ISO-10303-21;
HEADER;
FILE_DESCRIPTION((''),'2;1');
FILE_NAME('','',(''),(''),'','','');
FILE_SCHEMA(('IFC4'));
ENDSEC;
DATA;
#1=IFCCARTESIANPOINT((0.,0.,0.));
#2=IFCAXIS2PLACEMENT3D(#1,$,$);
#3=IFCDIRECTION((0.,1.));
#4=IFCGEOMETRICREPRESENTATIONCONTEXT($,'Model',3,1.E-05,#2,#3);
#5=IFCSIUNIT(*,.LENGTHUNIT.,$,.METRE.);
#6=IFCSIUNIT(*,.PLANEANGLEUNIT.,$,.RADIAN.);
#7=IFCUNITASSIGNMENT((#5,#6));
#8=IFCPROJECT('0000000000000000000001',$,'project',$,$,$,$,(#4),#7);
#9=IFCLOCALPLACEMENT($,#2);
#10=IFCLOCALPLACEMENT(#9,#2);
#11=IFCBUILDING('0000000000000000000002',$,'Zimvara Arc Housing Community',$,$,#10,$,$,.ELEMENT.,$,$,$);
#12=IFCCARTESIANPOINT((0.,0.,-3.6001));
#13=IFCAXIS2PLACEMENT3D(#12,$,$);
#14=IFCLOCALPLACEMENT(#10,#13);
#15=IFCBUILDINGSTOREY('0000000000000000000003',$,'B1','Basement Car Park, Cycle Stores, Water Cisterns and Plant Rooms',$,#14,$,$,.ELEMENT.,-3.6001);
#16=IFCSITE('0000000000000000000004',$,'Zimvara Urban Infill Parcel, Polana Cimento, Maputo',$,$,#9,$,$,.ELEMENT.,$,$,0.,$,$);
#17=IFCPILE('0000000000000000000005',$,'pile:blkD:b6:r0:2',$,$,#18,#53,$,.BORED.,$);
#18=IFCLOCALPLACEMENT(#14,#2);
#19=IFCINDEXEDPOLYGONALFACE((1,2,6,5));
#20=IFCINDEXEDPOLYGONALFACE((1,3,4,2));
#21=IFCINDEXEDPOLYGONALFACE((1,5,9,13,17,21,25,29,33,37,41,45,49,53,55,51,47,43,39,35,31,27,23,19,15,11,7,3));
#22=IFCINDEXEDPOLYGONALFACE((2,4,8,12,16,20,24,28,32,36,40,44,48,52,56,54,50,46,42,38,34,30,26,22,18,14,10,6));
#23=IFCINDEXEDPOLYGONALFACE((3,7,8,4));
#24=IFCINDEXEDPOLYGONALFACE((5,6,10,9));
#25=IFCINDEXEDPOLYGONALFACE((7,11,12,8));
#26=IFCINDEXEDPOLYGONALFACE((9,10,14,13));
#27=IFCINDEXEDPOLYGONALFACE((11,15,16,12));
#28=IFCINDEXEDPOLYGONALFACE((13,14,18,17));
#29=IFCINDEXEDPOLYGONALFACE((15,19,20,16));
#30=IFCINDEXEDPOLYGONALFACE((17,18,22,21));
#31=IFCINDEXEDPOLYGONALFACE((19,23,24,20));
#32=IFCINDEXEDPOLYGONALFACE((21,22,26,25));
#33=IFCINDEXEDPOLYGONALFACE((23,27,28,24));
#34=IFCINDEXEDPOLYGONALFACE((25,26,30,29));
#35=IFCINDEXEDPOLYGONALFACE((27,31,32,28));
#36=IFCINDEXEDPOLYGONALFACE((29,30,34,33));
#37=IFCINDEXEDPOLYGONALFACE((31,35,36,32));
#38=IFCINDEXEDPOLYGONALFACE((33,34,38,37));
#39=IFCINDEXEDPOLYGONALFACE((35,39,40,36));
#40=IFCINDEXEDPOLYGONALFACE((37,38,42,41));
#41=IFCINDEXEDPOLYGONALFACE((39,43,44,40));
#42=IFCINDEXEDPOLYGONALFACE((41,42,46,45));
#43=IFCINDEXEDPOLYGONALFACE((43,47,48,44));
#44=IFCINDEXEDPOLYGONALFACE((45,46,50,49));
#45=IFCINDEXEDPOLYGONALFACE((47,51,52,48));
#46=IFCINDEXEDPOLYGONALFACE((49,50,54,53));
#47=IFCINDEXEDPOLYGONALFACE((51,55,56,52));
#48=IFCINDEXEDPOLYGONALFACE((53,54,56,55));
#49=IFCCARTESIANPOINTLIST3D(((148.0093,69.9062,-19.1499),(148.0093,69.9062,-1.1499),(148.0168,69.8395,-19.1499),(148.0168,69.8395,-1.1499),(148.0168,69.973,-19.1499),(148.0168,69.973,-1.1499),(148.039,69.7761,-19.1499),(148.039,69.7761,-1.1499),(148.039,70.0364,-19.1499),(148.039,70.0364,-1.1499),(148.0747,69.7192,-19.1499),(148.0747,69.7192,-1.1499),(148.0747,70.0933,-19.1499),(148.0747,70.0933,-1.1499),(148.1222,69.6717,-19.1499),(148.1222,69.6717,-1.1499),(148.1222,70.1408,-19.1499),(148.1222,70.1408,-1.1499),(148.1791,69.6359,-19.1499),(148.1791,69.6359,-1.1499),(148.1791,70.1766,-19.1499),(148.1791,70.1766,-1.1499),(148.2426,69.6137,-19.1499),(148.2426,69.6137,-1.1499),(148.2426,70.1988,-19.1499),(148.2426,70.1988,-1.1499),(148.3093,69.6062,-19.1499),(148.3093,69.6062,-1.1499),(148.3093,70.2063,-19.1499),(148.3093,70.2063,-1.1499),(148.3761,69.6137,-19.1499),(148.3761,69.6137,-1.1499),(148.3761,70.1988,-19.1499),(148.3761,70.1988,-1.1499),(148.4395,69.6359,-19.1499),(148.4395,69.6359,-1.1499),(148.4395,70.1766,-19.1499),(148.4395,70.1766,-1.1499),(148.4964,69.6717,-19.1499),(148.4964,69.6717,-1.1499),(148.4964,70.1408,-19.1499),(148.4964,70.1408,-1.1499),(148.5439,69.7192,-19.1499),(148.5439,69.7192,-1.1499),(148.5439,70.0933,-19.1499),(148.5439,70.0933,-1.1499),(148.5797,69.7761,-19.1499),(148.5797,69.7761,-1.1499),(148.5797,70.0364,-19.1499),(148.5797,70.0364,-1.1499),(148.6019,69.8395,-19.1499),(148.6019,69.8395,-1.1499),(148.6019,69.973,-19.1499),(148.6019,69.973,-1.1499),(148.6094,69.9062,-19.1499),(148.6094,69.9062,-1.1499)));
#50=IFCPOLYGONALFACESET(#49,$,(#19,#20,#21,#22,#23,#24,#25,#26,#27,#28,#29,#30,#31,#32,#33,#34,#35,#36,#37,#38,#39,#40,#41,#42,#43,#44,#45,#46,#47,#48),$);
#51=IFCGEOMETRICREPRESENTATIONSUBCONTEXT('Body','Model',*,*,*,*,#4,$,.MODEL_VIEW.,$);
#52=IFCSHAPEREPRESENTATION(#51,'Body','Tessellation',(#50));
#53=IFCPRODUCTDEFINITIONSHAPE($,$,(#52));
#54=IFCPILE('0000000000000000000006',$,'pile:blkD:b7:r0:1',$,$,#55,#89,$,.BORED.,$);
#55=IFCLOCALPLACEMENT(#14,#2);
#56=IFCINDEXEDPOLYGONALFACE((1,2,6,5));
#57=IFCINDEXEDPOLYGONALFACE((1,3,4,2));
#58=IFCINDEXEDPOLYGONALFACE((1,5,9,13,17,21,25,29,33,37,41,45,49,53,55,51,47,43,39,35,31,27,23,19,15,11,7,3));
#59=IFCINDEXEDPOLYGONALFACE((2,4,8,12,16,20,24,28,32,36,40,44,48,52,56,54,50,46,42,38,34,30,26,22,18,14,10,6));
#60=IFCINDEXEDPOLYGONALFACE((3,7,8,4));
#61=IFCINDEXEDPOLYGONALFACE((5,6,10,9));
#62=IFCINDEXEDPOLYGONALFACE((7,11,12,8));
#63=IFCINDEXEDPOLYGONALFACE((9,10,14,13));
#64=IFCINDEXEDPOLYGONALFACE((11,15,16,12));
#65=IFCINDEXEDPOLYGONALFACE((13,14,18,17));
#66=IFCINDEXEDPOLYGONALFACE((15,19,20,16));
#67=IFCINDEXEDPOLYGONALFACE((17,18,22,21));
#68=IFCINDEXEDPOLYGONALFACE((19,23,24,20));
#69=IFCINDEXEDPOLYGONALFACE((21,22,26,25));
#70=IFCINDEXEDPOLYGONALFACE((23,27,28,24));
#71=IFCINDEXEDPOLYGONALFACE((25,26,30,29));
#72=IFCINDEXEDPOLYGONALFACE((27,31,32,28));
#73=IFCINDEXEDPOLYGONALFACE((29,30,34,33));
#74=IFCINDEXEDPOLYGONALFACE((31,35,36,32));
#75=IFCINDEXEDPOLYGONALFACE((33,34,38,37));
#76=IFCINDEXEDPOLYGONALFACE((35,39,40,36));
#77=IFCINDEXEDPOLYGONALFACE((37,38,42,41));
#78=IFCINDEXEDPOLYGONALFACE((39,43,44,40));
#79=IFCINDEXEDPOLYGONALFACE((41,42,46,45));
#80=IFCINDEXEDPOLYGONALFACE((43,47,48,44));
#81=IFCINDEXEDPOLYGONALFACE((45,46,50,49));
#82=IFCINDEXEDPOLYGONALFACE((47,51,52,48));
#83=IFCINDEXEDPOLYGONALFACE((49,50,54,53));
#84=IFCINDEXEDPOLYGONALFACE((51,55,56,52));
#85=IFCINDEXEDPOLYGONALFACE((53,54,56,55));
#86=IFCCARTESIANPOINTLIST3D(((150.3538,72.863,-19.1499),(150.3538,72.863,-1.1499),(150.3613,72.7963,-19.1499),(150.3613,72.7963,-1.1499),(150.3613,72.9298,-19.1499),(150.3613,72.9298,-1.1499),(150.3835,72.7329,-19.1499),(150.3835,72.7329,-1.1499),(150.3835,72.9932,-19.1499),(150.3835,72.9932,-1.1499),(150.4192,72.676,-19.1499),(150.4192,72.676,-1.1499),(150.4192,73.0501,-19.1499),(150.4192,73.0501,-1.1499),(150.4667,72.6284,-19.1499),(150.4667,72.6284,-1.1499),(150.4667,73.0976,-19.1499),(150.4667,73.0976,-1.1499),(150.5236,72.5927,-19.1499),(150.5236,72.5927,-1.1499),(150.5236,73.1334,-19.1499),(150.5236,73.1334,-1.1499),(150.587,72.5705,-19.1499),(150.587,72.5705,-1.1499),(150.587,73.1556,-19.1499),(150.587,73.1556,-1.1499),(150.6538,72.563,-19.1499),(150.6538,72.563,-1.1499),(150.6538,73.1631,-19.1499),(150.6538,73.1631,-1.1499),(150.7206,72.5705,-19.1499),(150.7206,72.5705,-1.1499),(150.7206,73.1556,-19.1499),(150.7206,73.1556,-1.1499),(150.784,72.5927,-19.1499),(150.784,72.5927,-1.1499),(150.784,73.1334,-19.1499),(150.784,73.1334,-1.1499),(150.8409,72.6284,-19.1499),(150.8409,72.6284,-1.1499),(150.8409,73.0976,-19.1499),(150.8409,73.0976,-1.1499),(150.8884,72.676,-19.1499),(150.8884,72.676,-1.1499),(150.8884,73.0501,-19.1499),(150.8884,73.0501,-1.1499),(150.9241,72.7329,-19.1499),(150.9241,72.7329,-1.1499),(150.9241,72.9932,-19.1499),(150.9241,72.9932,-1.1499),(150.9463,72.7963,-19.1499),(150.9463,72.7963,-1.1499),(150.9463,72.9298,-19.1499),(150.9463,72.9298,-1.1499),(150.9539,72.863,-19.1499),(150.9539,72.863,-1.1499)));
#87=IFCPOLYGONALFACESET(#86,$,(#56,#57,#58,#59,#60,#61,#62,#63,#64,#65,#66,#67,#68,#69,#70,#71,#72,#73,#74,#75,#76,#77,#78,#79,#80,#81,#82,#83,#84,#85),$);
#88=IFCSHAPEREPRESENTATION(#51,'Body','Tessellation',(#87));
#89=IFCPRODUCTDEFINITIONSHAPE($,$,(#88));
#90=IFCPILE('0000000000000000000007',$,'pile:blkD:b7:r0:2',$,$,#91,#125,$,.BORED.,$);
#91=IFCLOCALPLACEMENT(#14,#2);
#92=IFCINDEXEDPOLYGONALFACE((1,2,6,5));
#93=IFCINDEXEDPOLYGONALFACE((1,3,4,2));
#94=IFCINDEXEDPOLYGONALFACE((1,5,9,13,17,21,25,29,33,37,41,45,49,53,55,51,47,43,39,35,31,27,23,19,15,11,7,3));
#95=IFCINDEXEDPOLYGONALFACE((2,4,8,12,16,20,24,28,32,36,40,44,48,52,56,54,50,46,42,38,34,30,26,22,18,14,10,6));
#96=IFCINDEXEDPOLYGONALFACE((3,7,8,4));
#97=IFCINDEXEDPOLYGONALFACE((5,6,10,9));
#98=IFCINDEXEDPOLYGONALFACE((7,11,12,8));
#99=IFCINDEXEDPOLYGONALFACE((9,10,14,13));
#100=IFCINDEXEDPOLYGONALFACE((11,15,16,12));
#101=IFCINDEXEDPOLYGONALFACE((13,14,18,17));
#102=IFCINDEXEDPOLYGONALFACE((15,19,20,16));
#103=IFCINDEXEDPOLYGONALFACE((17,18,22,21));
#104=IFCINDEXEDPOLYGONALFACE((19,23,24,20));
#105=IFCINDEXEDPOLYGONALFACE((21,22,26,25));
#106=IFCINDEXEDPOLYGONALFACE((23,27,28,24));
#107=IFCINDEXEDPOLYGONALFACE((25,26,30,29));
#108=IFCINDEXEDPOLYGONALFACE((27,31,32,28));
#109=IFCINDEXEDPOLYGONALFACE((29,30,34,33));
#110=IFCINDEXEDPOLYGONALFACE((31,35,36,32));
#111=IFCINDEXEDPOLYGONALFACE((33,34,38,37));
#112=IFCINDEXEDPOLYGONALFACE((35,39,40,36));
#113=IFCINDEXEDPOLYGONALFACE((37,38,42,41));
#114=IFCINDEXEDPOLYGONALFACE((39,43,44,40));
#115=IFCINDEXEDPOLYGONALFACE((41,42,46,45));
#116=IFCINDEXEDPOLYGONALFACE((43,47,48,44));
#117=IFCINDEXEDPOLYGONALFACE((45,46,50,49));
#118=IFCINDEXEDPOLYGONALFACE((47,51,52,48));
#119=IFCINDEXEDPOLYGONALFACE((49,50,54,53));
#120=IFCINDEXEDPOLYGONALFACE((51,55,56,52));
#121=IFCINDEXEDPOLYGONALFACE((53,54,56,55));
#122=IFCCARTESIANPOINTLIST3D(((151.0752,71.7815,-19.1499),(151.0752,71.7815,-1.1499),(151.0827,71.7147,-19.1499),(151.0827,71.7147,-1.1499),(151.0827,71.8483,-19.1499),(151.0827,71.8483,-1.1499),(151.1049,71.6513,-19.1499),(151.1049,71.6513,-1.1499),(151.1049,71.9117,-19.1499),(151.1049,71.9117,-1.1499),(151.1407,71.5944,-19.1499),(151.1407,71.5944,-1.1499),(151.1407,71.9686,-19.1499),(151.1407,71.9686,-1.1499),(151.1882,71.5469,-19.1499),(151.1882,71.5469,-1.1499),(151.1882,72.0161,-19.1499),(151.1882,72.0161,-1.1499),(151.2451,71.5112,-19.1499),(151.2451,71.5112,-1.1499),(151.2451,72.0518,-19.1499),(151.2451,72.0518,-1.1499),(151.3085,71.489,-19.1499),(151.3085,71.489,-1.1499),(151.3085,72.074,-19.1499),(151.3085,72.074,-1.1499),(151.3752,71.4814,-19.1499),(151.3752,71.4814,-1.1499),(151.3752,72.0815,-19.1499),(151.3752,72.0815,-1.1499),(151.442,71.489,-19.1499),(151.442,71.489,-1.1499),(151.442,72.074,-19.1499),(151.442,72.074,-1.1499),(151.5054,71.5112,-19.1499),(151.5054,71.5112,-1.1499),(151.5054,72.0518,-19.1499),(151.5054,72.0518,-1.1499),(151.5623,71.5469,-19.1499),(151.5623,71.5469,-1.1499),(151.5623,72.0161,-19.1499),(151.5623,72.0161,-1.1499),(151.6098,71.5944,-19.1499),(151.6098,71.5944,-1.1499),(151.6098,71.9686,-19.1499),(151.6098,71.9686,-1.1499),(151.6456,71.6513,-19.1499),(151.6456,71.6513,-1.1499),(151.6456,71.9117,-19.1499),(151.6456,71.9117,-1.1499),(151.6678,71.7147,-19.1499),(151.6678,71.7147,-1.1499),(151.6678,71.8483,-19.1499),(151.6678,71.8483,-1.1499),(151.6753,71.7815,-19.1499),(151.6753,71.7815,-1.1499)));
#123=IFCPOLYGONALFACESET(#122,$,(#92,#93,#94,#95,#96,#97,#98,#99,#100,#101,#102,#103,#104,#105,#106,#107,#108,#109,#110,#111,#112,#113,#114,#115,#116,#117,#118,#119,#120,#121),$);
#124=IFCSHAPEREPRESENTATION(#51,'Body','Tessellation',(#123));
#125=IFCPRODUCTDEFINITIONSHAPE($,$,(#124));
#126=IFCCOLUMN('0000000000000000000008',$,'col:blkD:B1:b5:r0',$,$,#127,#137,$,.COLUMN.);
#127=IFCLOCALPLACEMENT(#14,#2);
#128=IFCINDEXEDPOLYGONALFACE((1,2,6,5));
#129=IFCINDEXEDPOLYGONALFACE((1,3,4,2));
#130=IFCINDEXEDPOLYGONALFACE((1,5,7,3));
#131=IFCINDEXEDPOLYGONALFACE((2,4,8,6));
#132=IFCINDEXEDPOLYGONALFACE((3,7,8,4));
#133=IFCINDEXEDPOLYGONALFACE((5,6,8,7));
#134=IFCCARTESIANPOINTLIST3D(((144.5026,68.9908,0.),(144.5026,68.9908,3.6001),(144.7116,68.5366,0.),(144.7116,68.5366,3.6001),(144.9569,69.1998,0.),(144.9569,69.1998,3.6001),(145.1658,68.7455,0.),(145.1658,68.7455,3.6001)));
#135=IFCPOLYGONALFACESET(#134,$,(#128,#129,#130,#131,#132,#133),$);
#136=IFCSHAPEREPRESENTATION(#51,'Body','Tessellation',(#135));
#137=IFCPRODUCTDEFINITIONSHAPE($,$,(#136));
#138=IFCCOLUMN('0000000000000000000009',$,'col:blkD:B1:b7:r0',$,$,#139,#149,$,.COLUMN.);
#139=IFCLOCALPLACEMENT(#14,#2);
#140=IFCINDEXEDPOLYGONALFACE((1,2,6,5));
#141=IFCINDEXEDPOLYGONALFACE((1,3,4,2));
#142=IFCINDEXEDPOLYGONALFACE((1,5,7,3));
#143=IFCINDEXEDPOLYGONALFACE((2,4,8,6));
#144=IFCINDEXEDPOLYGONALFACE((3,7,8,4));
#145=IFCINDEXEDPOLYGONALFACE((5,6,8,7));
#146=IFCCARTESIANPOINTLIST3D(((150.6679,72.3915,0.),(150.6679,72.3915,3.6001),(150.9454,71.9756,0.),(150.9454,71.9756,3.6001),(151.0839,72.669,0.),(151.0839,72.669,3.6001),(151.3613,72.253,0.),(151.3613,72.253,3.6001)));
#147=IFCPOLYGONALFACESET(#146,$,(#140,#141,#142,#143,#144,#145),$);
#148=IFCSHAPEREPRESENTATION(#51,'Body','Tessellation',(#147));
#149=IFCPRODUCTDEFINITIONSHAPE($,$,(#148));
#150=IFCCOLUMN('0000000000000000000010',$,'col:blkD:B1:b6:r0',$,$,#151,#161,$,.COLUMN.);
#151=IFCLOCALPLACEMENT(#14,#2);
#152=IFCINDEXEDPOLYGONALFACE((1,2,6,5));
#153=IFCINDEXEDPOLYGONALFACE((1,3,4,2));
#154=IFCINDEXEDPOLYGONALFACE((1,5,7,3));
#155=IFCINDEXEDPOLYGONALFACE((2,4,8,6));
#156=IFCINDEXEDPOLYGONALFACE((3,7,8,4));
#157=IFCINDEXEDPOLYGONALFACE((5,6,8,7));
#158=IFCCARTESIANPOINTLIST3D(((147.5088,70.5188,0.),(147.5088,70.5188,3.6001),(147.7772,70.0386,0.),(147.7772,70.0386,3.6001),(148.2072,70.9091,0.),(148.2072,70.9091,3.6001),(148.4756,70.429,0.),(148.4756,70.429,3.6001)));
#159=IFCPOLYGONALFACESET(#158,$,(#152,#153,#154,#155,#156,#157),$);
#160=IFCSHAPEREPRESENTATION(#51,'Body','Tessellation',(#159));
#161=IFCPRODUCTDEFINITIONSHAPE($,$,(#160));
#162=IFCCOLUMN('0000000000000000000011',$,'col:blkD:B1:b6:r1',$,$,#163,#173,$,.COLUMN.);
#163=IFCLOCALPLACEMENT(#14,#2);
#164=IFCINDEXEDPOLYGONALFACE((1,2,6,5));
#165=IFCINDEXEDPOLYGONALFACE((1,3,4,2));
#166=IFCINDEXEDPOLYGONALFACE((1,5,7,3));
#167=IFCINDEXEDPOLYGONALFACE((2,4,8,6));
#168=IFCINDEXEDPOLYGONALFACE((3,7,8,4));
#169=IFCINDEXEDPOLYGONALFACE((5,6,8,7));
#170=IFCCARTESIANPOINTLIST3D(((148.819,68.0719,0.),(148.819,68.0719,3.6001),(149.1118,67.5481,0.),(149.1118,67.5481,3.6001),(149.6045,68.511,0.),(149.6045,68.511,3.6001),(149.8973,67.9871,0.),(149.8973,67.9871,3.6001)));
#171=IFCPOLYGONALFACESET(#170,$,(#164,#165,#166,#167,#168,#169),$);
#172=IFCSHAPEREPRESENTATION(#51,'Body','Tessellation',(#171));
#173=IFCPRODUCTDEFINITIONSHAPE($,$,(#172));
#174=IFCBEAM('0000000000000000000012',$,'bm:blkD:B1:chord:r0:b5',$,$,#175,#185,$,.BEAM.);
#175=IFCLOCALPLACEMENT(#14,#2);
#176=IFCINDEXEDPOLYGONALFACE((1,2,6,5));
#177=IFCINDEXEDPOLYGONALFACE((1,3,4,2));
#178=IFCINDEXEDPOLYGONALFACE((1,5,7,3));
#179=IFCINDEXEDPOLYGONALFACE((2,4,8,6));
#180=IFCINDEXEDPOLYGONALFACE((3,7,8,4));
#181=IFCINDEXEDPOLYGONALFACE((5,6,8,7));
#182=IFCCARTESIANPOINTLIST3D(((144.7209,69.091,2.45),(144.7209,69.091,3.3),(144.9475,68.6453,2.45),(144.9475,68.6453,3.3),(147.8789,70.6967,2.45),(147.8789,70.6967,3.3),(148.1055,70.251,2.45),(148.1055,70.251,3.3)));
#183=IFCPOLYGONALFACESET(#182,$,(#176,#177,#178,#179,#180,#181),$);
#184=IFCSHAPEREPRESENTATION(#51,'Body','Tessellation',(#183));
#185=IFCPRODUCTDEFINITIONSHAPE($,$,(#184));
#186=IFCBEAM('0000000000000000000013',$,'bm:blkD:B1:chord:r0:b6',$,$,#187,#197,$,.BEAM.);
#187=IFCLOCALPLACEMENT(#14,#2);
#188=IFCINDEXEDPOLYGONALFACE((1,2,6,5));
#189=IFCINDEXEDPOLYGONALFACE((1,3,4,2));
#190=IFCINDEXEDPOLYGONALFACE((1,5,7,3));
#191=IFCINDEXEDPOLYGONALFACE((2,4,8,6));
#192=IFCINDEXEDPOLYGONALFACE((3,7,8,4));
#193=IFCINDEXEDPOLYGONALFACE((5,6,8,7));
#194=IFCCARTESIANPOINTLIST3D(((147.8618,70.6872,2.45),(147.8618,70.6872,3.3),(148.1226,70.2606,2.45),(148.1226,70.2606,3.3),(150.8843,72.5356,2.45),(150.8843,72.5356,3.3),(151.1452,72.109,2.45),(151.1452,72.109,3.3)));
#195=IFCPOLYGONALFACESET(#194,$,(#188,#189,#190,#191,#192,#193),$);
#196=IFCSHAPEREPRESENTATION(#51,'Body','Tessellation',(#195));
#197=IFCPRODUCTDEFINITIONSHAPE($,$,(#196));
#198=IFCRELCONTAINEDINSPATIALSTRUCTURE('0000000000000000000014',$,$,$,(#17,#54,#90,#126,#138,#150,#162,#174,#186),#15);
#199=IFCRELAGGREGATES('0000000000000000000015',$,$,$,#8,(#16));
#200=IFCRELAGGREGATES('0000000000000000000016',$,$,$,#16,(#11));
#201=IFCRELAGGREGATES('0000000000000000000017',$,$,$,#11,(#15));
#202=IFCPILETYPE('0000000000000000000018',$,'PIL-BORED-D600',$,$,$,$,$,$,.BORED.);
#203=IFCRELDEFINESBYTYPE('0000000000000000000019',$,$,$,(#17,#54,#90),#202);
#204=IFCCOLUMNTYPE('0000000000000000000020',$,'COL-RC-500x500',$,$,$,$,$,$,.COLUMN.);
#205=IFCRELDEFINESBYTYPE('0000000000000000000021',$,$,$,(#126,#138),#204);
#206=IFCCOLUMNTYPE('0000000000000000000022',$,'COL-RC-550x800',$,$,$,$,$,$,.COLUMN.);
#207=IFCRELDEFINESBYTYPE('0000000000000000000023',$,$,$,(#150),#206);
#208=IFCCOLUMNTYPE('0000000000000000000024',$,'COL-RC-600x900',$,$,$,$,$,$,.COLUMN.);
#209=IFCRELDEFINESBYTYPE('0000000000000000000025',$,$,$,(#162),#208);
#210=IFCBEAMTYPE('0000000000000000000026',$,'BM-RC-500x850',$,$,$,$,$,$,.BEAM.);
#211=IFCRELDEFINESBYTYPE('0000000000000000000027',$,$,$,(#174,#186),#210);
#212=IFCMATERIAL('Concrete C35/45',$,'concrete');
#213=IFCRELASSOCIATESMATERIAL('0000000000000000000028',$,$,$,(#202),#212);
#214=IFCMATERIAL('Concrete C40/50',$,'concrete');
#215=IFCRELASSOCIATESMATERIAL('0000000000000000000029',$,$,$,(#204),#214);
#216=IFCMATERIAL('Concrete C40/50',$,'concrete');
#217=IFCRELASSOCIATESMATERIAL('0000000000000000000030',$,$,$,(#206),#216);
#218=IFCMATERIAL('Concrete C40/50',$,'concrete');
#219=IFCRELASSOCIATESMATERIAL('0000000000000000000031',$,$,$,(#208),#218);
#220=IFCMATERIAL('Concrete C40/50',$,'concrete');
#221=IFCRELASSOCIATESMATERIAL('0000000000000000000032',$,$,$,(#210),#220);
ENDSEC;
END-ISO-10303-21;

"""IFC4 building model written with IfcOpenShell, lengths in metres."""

from ifc_helpers import new_model, si_unit, direction, frame, origin, origin_2d, place, context, subcontext, project, spatial, rectangle, circle, extrude, material, material_profile, profile_set, type_object, element, save


model = new_model("IFC4")

# Units and contexts
model_context = context("Model", 3, precision=1e-05, world=origin(), true_north=direction((0.0, 1.0)))
body_context = subcontext(model_context, "Body", "Model", "MODEL_VIEW")
ifc_project = project(units=[si_unit("LENGTHUNIT", "METRE"), si_unit("PLANEANGLEUNIT", "RADIAN")], contexts=[model_context])

# Site, building, storey
site_placement = place(None, origin())
site = spatial("IfcSite", under=ifc_project, at=site_placement, Name="Zimvara Urban Infill Parcel, Polana Cimento, Maputo", CompositionType="ELEMENT", RefElevation=0.0)
building_placement = place(site_placement, origin())
building = spatial("IfcBuilding", under=site, at=building_placement, Name="Zimvara Arc Housing Community", CompositionType="ELEMENT")
storey_placement = place(building_placement, frame((0.0, 0.0, -3.6001)))
storey = spatial("IfcBuildingStorey", under=building, at=storey_placement, Name="B1", Description="Basement Car Park, Cycle Stores, Water Cisterns and Plant Rooms", CompositionType="ELEMENT", Elevation=-3.6001)

# Piles
ifc_material_1 = material(Name="Concrete C35/45", Category="concrete")
ifc_material_profile_1 = material_profile(ifc_material_1, circle(Radius=0.3, at=origin_2d()), Name="PILE D600")
ifc_profile_set_1 = profile_set([ifc_material_profile_1], Name="Concrete C35/45")
pile_type = type_object("IfcPileType", Name="PIL-BORED-D600", PredefinedType="BORED", material=ifc_profile_set_1)
for number, where, z_axis, x_axis, name in (
    (1, (148.3093, 69.9062, -1.1499), (0.0, 0.0, -1.0), (1.0, 0.0, 0.0), "pile:blkD:b6:r0:2"),
    (2, (150.6538, 72.863, -1.1499), (0.0, 0.0, -1.0), (1.0, 0.0, 0.0), "pile:blkD:b7:r0:1"),
    (3, (151.3752, 71.7815, -1.1499), (0.0, 0.0, -1.0), (1.0, 0.0, 0.0), "pile:blkD:b7:r0:2"),
):
    element("IfcPile", number, at=place(storey_placement, frame(where, z_axis=z_axis, x_axis=x_axis)), inside=storey, type_object=pile_type, Name=name, PredefinedType="BORED", context=body_context, shape_type="SweptSolid", body=[
        extrude(circle(Radius=0.3, at=origin_2d()), origin(), (0.0, 0.0, 1.0), 18.0),
    ])

# Columns
ifc_material_2 = material(Name="Concrete C40/50", Category="concrete")
ifc_material_profile_2 = material_profile(ifc_material_2, rectangle(XDim=0.5, YDim=0.5, at=origin_2d()), Name="RC 500x500")
ifc_profile_set_2 = profile_set([ifc_material_profile_2], Name="Concrete C40/50")
column_type_1 = type_object("IfcColumnType", Name="COL-RC-500x500", PredefinedType="COLUMN", material=ifc_profile_set_2)
for number, where, z_axis, x_axis, name in (
    (4, (144.8342, 68.8682, 0.0), (0.0, 0.0, 1.0), (0.417867, -0.908508, 0.0), "col:blkD:B1:b5:r0"),
    (5, (151.0146, 72.3223, 0.0), (0.0, 0.0, 1.0), (0.554844, -0.831954, 0.0), "col:blkD:B1:b7:r0"),
):
    element("IfcColumn", number, at=place(storey_placement, frame(where, z_axis=z_axis, x_axis=x_axis)), inside=storey, type_object=column_type_1, Name=name, PredefinedType="COLUMN", context=body_context, shape_type="SweptSolid", body=[
        extrude(rectangle(XDim=0.5, YDim=0.5, at=origin_2d()), origin(), (0.0, 0.0, 1.0), 3.6001),
    ])
ifc_material_3 = material(Name="Concrete C40/50", Category="concrete")
ifc_material_profile_3 = material_profile(ifc_material_3, rectangle(XDim=0.55, YDim=0.8, at=origin_2d()), Name="RC 550x800")
ifc_profile_set_3 = profile_set([ifc_material_profile_3], Name="Concrete C40/50")
column_type_2 = type_object("IfcColumnType", Name="COL-RC-550x800", PredefinedType="COLUMN", material=ifc_profile_set_3)
column_1_placement = place(storey_placement, frame((147.9922, 70.4739, 0.0), z_axis=(0.0, 0.0, 1.0), x_axis=(0.48786, -0.872922, 0.0)))
element("IfcColumn", 6, at=column_1_placement, inside=storey, type_object=column_type_2, Name="col:blkD:B1:b6:r0", PredefinedType="COLUMN", context=body_context, shape_type="SweptSolid", body=[
    extrude(rectangle(XDim=0.55, YDim=0.8, at=origin_2d()), origin(), (0.0, 0.0, 1.0), 3.6001),
])
ifc_material_4 = material(Name="Concrete C40/50", Category="concrete")
ifc_material_profile_4 = material_profile(ifc_material_4, rectangle(XDim=0.6001, YDim=0.8999, at=origin_2d()), Name="RC 600x900")
ifc_profile_set_4 = profile_set([ifc_material_profile_4], Name="Concrete C40/50")
column_type_3 = type_object("IfcColumnType", Name="COL-RC-600x900", PredefinedType="COLUMN", material=ifc_profile_set_4)
column_2_placement = place(storey_placement, frame((149.3582, 68.0295, 0.0), z_axis=(0.0, 0.0, 1.0), x_axis=(0.48786, -0.872922, 0.0)))
element("IfcColumn", 7, at=column_2_placement, inside=storey, type_object=column_type_3, Name="col:blkD:B1:b6:r1", PredefinedType="COLUMN", context=body_context, shape_type="SweptSolid", body=[
    extrude(rectangle(XDim=0.6001, YDim=0.8999, at=origin_2d()), origin(), (0.0, 0.0, 1.0), 3.6001),
])

# Beams
ifc_material_5 = material(Name="Concrete C40/50", Category="concrete")
ifc_material_profile_5 = material_profile(ifc_material_5, rectangle(XDim=0.5, YDim=0.8501, at=origin_2d()), Name="RC 500x850")
ifc_profile_set_5 = profile_set([ifc_material_profile_5], Name="Concrete C40/50")
beam_type = type_object("IfcBeamType", Name="BM-RC-500x850", PredefinedType="BEAM", material=ifc_profile_set_5)
beam_1_placement = place(storey_placement, frame((144.8342, 68.8682, 2.875), z_axis=(0.891388, 0.45324, 0.0), x_axis=(-0.45324, 0.891388, 0.0)))
element("IfcBeam", 8, at=beam_1_placement, inside=storey, type_object=beam_type, Name="bm:blkD:B1:chord:r0:b5", PredefinedType="BEAM", context=body_context, shape_type="SweptSolid", body=[
    extrude(rectangle(XDim=0.5, YDim=0.8501, at=origin_2d()), origin(), (0.0, 0.0, 1.0), 3.5427),
])
beam_2_placement = place(storey_placement, frame((147.9922, 70.4739, 2.875), z_axis=(0.853115, 0.521723, 0.0), x_axis=(-0.521723, 0.853115, 0.0)))
element("IfcBeam", 9, at=beam_2_placement, inside=storey, type_object=beam_type, Name="bm:blkD:B1:chord:r0:b6", PredefinedType="BEAM", context=body_context, shape_type="SweptSolid", body=[
    extrude(rectangle(XDim=0.5, YDim=0.8501, at=origin_2d()), origin(), (0.0, 0.0, 1.0), 3.543),
])

save(model, "model.ifc")
